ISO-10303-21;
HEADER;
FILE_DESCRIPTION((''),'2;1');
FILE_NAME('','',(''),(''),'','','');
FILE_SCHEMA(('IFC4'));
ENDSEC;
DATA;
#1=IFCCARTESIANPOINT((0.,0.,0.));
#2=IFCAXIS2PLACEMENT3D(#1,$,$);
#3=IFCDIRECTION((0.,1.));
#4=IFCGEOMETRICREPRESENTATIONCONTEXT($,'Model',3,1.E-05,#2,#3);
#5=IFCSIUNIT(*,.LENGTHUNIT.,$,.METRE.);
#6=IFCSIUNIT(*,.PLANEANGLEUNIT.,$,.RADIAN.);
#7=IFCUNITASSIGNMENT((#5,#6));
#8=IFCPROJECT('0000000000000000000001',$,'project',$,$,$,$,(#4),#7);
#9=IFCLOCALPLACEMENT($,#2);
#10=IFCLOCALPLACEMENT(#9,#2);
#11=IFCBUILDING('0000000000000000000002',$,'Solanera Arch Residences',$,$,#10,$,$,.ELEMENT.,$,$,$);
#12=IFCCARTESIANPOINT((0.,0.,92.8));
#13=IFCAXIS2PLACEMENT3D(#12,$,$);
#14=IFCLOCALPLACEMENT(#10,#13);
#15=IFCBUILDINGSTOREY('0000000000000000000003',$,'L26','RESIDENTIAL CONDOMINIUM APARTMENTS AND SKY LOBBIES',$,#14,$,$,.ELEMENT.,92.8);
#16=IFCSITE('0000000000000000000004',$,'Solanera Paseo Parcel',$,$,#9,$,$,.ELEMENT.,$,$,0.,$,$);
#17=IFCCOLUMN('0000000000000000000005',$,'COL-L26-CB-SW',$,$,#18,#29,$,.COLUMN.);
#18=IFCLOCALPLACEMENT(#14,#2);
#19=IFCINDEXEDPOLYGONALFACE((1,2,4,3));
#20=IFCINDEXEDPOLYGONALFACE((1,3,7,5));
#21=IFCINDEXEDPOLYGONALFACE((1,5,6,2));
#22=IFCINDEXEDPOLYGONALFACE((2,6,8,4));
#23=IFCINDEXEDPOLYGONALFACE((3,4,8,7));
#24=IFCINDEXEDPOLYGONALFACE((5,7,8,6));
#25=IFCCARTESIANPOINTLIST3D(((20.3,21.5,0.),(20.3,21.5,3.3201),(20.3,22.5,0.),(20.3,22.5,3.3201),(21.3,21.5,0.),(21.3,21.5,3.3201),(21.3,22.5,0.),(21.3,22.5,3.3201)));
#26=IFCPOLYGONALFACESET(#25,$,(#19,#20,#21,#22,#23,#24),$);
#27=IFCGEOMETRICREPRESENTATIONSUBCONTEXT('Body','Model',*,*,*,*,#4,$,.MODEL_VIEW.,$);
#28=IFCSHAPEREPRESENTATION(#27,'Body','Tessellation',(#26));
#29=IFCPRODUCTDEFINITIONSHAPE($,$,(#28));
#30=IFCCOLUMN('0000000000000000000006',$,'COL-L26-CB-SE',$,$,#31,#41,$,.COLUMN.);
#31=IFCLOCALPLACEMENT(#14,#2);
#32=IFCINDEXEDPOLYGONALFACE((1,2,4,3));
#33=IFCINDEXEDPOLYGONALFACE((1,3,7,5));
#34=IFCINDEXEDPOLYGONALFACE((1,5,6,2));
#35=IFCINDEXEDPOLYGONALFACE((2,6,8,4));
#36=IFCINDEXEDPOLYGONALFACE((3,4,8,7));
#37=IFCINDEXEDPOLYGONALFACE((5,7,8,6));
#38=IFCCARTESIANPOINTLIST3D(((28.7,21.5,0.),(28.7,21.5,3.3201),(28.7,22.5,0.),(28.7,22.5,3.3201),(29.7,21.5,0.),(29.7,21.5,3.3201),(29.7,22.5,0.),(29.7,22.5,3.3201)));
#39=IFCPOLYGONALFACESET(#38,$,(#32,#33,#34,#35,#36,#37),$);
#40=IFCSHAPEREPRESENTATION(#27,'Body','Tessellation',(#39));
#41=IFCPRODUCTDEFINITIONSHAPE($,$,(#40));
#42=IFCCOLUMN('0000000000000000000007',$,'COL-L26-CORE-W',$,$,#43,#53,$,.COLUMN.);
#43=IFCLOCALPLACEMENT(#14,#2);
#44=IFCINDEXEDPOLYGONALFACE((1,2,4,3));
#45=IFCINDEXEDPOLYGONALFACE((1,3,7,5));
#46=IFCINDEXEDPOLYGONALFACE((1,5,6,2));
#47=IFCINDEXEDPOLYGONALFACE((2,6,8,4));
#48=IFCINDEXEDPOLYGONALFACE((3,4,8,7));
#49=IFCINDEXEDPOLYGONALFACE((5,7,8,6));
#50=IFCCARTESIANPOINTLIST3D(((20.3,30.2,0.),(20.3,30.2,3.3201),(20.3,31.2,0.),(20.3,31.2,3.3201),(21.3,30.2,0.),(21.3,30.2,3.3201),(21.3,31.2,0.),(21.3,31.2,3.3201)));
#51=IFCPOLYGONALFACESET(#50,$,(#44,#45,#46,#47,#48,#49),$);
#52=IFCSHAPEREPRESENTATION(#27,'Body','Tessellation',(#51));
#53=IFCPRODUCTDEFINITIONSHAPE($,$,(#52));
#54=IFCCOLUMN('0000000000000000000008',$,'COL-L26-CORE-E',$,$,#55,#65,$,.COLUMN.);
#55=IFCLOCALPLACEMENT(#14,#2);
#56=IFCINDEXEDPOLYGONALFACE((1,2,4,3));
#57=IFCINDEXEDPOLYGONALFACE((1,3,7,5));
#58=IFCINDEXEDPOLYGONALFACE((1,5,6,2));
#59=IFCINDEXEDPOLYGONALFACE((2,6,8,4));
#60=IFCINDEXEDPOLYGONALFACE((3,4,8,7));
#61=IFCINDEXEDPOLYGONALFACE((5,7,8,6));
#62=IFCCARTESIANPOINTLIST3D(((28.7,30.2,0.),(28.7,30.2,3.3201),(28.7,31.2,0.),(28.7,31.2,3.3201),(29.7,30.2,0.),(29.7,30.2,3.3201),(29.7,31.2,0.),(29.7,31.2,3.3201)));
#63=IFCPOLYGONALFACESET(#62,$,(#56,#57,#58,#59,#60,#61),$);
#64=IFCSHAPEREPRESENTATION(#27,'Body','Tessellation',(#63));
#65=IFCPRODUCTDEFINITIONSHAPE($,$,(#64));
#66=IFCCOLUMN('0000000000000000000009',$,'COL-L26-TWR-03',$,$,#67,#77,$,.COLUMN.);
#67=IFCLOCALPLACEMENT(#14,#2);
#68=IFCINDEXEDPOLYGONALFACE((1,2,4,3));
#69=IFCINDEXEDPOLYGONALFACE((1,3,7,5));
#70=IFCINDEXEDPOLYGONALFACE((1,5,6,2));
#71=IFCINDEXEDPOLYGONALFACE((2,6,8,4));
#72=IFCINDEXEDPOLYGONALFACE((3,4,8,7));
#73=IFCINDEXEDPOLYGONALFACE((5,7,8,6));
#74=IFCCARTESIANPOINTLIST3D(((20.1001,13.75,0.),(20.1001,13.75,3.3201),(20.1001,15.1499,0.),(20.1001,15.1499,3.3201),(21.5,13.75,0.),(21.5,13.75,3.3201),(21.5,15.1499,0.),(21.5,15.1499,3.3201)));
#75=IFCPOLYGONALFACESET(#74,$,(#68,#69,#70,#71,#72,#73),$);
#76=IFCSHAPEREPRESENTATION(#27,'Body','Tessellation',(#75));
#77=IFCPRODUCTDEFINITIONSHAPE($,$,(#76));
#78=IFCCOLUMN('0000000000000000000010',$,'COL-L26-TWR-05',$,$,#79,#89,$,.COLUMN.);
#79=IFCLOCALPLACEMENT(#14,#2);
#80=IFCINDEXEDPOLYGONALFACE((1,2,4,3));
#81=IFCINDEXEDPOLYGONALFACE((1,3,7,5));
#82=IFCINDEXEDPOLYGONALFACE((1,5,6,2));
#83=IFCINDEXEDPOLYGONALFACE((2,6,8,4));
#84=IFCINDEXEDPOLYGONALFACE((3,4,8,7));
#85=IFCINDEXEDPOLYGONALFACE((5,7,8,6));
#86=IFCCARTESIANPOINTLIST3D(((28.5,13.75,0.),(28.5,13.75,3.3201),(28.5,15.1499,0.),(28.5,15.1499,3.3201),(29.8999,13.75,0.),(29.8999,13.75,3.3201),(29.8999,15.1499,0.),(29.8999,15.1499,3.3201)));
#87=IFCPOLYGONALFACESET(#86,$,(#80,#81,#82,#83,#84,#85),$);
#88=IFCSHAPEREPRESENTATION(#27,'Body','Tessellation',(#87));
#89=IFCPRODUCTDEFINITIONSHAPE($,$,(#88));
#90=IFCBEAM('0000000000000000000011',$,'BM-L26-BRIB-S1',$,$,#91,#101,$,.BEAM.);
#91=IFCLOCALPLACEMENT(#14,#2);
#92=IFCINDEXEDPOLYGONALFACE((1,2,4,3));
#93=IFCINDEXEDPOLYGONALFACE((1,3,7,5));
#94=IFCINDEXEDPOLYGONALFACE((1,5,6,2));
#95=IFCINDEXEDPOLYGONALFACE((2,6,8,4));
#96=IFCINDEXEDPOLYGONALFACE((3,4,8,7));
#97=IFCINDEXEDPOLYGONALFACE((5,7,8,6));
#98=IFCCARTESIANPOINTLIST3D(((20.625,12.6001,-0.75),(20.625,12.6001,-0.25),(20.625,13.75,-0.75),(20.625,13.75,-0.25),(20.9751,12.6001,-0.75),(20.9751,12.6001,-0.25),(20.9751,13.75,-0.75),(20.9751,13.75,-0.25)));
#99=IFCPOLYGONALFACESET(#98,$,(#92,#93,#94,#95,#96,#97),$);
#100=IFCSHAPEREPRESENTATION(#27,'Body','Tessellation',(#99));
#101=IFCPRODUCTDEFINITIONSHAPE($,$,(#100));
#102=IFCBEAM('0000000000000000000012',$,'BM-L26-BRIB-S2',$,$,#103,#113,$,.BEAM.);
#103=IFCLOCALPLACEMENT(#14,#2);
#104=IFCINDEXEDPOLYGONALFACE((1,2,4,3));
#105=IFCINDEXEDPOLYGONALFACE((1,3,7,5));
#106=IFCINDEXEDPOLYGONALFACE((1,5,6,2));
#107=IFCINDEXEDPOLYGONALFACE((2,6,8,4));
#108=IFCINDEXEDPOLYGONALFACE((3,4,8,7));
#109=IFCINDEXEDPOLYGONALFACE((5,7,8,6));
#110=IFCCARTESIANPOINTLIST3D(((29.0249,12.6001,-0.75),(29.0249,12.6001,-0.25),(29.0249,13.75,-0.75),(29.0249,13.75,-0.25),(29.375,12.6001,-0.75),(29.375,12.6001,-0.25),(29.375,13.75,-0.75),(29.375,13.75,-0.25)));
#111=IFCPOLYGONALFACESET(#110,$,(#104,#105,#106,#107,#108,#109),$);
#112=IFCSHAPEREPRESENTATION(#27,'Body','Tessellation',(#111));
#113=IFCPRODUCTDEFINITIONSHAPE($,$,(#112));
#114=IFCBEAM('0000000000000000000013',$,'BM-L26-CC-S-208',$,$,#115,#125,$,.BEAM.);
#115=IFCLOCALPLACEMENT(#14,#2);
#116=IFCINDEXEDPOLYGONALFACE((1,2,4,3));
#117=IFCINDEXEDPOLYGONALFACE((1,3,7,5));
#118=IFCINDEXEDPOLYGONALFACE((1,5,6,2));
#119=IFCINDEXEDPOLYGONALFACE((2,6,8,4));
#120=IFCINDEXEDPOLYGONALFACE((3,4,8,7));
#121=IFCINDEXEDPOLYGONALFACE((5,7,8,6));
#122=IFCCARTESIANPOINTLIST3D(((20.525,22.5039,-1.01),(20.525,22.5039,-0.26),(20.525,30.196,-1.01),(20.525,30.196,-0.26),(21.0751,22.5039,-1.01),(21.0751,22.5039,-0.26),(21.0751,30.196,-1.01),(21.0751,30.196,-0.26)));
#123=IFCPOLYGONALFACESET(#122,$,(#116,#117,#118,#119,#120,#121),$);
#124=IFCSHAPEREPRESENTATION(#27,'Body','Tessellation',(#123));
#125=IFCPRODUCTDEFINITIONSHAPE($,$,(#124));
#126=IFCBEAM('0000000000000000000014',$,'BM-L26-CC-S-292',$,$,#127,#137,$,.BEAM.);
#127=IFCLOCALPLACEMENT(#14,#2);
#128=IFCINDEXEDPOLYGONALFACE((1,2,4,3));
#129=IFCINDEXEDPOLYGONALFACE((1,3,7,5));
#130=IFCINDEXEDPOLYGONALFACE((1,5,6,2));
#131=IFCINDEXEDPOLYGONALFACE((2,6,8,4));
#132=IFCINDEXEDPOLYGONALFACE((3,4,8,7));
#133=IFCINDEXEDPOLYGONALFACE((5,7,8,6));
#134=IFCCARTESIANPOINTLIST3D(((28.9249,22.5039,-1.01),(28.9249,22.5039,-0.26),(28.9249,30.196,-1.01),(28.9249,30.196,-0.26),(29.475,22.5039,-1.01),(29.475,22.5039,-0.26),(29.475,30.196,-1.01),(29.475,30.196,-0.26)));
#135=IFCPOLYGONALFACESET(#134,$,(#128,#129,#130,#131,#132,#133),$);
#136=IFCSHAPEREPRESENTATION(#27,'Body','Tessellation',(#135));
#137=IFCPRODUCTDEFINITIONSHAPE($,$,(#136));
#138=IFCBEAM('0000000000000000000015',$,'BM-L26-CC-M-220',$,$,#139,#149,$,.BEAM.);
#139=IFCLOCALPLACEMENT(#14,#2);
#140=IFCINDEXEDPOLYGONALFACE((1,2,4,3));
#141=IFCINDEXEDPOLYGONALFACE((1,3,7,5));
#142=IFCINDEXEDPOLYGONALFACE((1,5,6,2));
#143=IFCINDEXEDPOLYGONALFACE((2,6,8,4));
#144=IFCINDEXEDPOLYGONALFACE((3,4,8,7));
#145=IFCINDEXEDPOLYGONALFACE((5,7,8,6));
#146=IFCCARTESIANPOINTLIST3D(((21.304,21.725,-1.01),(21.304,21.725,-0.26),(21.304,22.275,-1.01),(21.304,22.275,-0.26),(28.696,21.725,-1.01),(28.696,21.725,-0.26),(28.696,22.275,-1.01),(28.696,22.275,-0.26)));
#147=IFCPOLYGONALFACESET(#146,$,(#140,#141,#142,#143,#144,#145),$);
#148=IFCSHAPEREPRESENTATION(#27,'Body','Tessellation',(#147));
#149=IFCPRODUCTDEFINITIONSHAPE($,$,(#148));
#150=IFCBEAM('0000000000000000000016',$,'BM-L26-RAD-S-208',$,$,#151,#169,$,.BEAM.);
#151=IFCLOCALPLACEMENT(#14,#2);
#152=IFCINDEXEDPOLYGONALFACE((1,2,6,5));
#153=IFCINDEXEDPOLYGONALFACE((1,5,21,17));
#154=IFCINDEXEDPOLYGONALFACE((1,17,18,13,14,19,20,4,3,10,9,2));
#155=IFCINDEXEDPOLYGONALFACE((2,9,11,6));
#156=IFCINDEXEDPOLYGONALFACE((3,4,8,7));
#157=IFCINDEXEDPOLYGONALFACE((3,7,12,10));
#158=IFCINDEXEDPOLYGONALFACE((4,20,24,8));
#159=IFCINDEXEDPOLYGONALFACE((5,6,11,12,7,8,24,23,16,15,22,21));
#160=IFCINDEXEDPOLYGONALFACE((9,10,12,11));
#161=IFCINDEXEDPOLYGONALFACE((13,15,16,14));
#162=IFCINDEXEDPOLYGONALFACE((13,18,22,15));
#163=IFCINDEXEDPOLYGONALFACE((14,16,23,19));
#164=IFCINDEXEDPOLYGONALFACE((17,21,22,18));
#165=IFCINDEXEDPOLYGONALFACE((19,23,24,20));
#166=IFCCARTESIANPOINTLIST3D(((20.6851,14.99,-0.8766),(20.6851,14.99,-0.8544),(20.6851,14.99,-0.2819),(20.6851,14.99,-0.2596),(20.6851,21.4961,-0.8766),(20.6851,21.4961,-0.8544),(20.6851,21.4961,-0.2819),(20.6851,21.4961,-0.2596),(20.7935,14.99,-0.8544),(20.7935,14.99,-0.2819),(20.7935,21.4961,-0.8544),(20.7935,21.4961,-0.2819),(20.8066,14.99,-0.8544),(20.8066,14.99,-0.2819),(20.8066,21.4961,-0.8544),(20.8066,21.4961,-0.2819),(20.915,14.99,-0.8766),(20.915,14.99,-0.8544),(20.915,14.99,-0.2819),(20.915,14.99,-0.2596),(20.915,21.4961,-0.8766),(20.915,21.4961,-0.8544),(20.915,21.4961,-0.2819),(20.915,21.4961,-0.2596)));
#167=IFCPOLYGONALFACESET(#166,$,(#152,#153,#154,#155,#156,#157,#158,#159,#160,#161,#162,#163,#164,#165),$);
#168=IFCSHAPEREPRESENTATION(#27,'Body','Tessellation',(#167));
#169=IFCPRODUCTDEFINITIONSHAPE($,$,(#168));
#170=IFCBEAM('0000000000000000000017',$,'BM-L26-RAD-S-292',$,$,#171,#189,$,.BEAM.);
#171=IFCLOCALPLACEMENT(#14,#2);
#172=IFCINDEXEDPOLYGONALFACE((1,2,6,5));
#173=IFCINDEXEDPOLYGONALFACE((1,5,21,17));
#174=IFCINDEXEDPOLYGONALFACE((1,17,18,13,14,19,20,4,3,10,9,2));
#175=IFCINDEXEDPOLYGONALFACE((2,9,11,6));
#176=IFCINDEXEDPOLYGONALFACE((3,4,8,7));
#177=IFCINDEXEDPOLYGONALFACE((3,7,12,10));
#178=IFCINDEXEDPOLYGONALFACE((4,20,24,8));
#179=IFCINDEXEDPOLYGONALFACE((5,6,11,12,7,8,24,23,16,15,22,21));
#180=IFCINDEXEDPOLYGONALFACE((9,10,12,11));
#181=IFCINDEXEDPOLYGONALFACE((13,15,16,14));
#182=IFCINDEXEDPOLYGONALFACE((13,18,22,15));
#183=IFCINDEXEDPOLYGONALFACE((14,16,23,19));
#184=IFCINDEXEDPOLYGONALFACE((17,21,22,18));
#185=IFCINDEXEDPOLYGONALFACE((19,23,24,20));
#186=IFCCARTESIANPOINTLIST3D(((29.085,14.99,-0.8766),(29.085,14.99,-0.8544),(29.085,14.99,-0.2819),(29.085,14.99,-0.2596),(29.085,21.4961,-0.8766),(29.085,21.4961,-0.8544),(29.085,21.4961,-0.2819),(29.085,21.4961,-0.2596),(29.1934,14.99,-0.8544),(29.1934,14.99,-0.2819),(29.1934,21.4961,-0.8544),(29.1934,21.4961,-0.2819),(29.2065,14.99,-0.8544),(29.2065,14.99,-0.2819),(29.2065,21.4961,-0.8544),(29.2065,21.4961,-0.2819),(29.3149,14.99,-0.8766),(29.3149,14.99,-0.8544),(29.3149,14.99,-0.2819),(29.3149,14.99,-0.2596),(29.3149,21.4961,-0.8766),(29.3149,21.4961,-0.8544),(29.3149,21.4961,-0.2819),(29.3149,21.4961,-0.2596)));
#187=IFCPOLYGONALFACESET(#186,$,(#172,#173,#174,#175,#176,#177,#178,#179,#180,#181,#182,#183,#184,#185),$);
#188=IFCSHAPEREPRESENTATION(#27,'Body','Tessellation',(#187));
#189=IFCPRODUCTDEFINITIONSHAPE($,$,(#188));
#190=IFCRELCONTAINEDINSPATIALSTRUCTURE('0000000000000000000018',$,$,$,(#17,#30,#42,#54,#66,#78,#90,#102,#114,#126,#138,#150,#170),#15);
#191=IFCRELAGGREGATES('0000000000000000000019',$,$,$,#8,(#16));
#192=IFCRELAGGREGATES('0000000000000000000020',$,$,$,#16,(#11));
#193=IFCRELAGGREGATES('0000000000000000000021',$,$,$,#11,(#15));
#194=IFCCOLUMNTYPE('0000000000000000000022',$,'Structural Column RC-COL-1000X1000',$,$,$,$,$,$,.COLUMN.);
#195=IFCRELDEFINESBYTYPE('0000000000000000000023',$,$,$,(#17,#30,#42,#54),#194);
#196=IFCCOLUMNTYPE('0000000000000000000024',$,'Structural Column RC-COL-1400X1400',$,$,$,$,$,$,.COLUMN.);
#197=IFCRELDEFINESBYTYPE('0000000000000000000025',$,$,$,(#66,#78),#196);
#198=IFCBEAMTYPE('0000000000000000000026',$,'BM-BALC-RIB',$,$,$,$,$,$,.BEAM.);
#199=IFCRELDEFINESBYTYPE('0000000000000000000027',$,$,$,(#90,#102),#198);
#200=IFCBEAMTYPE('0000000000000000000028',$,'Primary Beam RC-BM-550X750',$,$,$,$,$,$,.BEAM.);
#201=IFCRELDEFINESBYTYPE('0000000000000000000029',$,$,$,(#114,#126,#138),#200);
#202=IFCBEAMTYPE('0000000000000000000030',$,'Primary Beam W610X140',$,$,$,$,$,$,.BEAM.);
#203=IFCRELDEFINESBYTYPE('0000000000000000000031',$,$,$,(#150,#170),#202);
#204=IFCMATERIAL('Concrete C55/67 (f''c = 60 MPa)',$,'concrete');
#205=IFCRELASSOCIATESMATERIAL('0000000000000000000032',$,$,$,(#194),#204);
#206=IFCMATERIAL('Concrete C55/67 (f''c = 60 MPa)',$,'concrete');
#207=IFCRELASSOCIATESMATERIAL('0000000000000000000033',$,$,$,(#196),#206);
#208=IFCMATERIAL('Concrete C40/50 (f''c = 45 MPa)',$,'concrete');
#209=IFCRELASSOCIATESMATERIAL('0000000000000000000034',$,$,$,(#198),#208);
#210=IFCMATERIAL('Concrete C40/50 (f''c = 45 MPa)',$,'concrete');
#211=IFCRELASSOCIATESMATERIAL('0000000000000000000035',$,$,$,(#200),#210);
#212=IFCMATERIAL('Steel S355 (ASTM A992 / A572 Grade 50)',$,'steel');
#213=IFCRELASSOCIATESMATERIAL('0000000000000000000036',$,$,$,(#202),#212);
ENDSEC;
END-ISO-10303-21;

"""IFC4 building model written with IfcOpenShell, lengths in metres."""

from ifc_helpers import new_model, si_unit, direction, frame, origin, origin_2d, place, context, subcontext, project, spatial, rectangle, i_section, extrude, material, material_profile, profile_set, type_object, element, save


model = new_model("IFC4")

# Units and contexts
model_context = context("Model", 3, precision=1e-05, world=origin(), true_north=direction((0.0, 1.0)))
body_context = subcontext(model_context, "Body", "Model", "MODEL_VIEW")
ifc_project = project(units=[si_unit("LENGTHUNIT", "METRE"), si_unit("PLANEANGLEUNIT", "RADIAN")], contexts=[model_context])

# Site, building, storey
site_placement = place(None, origin())
site = spatial("IfcSite", under=ifc_project, at=site_placement, Name="Solanera Paseo Parcel", CompositionType="ELEMENT", RefElevation=0.0)
building_placement = place(site_placement, origin())
building = spatial("IfcBuilding", under=site, at=building_placement, Name="Solanera Arch Residences", CompositionType="ELEMENT")
storey_placement = place(building_placement, frame((0.0, 0.0, 92.8)))
storey = spatial("IfcBuildingStorey", under=building, at=storey_placement, Name="L26", Description="RESIDENTIAL CONDOMINIUM APARTMENTS AND SKY LOBBIES", CompositionType="ELEMENT", Elevation=92.8)

# Columns
ifc_material_1 = material(Name="Concrete C55/67 (f'c = 60 MPa)", Category="concrete")
ifc_material_profile_1 = material_profile(ifc_material_1, rectangle(XDim=1.0, YDim=1.0, at=origin_2d()))
ifc_profile_set_1 = profile_set([ifc_material_profile_1], Name="Concrete C55/67 (f'c = 60 MPa)")
column_type_1 = type_object("IfcColumnType", Name="Structural Column RC-COL-1000X1000", PredefinedType="COLUMN", material=ifc_profile_set_1)
for number, where, z_axis, x_axis, name in (
    (1, (20.8, 22.0, 0.0), (0.0, 0.0, 1.0), (1.0, 0.0, 0.0), "COL-L26-CB-SW"),
    (2, (29.2, 22.0, 0.0), (0.0, 0.0, 1.0), (1.0, 0.0, 0.0), "COL-L26-CB-SE"),
    (3, (20.8, 30.7, 0.0), (0.0, 0.0, 1.0), (1.0, 0.0, 0.0), "COL-L26-CORE-W"),
    (4, (29.2, 30.7, 0.0), (0.0, 0.0, 1.0), (1.0, 0.0, 0.0), "COL-L26-CORE-E"),
):
    element("IfcColumn", number, at=place(storey_placement, frame(where, z_axis=z_axis, x_axis=x_axis)), inside=storey, type_object=column_type_1, Name=name, PredefinedType="COLUMN", context=body_context, shape_type="SweptSolid", body=[
        extrude(rectangle(XDim=1.0, YDim=1.0, at=origin_2d()), origin(), (0.0, 0.0, 1.0), 3.3201),
    ])
ifc_material_2 = material(Name="Concrete C55/67 (f'c = 60 MPa)", Category="concrete")
ifc_material_profile_2 = material_profile(ifc_material_2, rectangle(XDim=1.3999, YDim=1.3999, at=origin_2d()))
ifc_profile_set_2 = profile_set([ifc_material_profile_2], Name="Concrete C55/67 (f'c = 60 MPa)")
column_type_2 = type_object("IfcColumnType", Name="Structural Column RC-COL-1400X1400", PredefinedType="COLUMN", material=ifc_profile_set_2)
for number, where, z_axis, x_axis, name in (
    (5, (20.8, 14.45, 0.0), (0.0, 0.0, 1.0), (1.0, 0.0, 0.0), "COL-L26-TWR-03"),
    (6, (29.2, 14.45, 0.0), (0.0, 0.0, 1.0), (1.0, 0.0, 0.0), "COL-L26-TWR-05"),
):
    element("IfcColumn", number, at=place(storey_placement, frame(where, z_axis=z_axis, x_axis=x_axis)), inside=storey, type_object=column_type_2, Name=name, PredefinedType="COLUMN", context=body_context, shape_type="SweptSolid", body=[
        extrude(rectangle(XDim=1.3999, YDim=1.3999, at=origin_2d()), origin(), (0.0, 0.0, 1.0), 3.3201),
    ])

# Beams
ifc_material_3 = material(Name="Concrete C40/50 (f'c = 45 MPa)", Category="concrete")
ifc_material_profile_3 = material_profile(ifc_material_3, rectangle(XDim=0.3501, YDim=0.5, at=origin_2d()))
ifc_profile_set_3 = profile_set([ifc_material_profile_3], Name="Concrete C40/50 (f'c = 45 MPa)")
beam_type_1 = type_object("IfcBeamType", Name="BM-BALC-RIB", PredefinedType="BEAM", material=ifc_profile_set_3)
for number, where, z_axis, x_axis, name in (
    (7, (20.8, 12.6001, -0.5), (0.0, 1.0, 0.0), (-1.0, 0.0, 0.0), "BM-L26-BRIB-S1"),
    (8, (29.2, 12.6001, -0.5), (0.0, 1.0, 0.0), (-1.0, 0.0, 0.0), "BM-L26-BRIB-S2"),
):
    element("IfcBeam", number, at=place(storey_placement, frame(where, z_axis=z_axis, x_axis=x_axis)), inside=storey, type_object=beam_type_1, Name=name, PredefinedType="BEAM", context=body_context, shape_type="SweptSolid", body=[
        extrude(rectangle(XDim=0.3501, YDim=0.5, at=origin_2d()), origin(), (0.0, 0.0, 1.0), 1.1499),
    ])
ifc_material_4 = material(Name="Concrete C40/50 (f'c = 45 MPa)", Category="concrete")
ifc_material_profile_4 = material_profile(ifc_material_4, rectangle(XDim=0.55, YDim=0.75, at=origin_2d()))
ifc_profile_set_4 = profile_set([ifc_material_profile_4], Name="Concrete C40/50 (f'c = 45 MPa)")
beam_type_2 = type_object("IfcBeamType", Name="Primary Beam RC-BM-550X750", PredefinedType="BEAM", material=ifc_profile_set_4)
for number, where, z_axis, x_axis, name in (
    (9, (20.8, 22.5039, -0.635), (0.0, 1.0, 0.0), (-1.0, 0.0, 0.0), "BM-L26-CC-S-208"),
    (10, (29.2, 22.5039, -0.635), (0.0, 1.0, 0.0), (-1.0, 0.0, 0.0), "BM-L26-CC-S-292"),
):
    element("IfcBeam", number, at=place(storey_placement, frame(where, z_axis=z_axis, x_axis=x_axis)), inside=storey, type_object=beam_type_2, Name=name, PredefinedType="BEAM", context=body_context, shape_type="SweptSolid", body=[
        extrude(rectangle(XDim=0.55, YDim=0.75, at=origin_2d()), origin(), (0.0, 0.0, 1.0), 7.6921),
    ])
beam_1_placement = place(storey_placement, frame((21.304, 22.0, -0.635), z_axis=(1.0, 0.0, 0.0), x_axis=(0.0, 1.0, 0.0)))
element("IfcBeam", 11, at=beam_1_placement, inside=storey, type_object=beam_type_2, Name="BM-L26-CC-M-220", PredefinedType="BEAM", context=body_context, shape_type="SweptSolid", body=[
    extrude(rectangle(XDim=0.55, YDim=0.75, at=origin_2d()), origin(), (0.0, 0.0, 1.0), 7.3921),
])
ifc_material_5 = material(Name="Steel S355 (ASTM A992 / A572 Grade 50)", Category="steel")
ifc_material_profile_5 = material_profile(ifc_material_5, i_section(OverallWidth=0.23, OverallDepth=0.6169, WebThickness=0.0132, FlangeThickness=0.0222, at=origin_2d()))
ifc_profile_set_5 = profile_set([ifc_material_profile_5], Name="Steel S355 (ASTM A992 / A572 Grade 50)")
beam_type_3 = type_object("IfcBeamType", Name="Primary Beam W610X140", PredefinedType="BEAM", material=ifc_profile_set_5)
for number, where, z_axis, x_axis, name in (
    (12, (20.8, 14.99, -0.5681), (0.0, 1.0, 0.0), (-1.0, 0.0, 0.0), "BM-L26-RAD-S-208"),
    (13, (29.2, 14.99, -0.5681), (0.0, 1.0, 0.0), (-1.0, 0.0, 0.0), "BM-L26-RAD-S-292"),
):
    element("IfcBeam", number, at=place(storey_placement, frame(where, z_axis=z_axis, x_axis=x_axis)), inside=storey, type_object=beam_type_3, Name=name, PredefinedType="BEAM", context=body_context, shape_type="SweptSolid", body=[
        extrude(i_section(OverallWidth=0.23, OverallDepth=0.6169, WebThickness=0.0132, FlangeThickness=0.0222, at=origin_2d()), origin(), (0.0, 0.0, 1.0), 6.5061),
    ])

save(model, "model.ifc")
